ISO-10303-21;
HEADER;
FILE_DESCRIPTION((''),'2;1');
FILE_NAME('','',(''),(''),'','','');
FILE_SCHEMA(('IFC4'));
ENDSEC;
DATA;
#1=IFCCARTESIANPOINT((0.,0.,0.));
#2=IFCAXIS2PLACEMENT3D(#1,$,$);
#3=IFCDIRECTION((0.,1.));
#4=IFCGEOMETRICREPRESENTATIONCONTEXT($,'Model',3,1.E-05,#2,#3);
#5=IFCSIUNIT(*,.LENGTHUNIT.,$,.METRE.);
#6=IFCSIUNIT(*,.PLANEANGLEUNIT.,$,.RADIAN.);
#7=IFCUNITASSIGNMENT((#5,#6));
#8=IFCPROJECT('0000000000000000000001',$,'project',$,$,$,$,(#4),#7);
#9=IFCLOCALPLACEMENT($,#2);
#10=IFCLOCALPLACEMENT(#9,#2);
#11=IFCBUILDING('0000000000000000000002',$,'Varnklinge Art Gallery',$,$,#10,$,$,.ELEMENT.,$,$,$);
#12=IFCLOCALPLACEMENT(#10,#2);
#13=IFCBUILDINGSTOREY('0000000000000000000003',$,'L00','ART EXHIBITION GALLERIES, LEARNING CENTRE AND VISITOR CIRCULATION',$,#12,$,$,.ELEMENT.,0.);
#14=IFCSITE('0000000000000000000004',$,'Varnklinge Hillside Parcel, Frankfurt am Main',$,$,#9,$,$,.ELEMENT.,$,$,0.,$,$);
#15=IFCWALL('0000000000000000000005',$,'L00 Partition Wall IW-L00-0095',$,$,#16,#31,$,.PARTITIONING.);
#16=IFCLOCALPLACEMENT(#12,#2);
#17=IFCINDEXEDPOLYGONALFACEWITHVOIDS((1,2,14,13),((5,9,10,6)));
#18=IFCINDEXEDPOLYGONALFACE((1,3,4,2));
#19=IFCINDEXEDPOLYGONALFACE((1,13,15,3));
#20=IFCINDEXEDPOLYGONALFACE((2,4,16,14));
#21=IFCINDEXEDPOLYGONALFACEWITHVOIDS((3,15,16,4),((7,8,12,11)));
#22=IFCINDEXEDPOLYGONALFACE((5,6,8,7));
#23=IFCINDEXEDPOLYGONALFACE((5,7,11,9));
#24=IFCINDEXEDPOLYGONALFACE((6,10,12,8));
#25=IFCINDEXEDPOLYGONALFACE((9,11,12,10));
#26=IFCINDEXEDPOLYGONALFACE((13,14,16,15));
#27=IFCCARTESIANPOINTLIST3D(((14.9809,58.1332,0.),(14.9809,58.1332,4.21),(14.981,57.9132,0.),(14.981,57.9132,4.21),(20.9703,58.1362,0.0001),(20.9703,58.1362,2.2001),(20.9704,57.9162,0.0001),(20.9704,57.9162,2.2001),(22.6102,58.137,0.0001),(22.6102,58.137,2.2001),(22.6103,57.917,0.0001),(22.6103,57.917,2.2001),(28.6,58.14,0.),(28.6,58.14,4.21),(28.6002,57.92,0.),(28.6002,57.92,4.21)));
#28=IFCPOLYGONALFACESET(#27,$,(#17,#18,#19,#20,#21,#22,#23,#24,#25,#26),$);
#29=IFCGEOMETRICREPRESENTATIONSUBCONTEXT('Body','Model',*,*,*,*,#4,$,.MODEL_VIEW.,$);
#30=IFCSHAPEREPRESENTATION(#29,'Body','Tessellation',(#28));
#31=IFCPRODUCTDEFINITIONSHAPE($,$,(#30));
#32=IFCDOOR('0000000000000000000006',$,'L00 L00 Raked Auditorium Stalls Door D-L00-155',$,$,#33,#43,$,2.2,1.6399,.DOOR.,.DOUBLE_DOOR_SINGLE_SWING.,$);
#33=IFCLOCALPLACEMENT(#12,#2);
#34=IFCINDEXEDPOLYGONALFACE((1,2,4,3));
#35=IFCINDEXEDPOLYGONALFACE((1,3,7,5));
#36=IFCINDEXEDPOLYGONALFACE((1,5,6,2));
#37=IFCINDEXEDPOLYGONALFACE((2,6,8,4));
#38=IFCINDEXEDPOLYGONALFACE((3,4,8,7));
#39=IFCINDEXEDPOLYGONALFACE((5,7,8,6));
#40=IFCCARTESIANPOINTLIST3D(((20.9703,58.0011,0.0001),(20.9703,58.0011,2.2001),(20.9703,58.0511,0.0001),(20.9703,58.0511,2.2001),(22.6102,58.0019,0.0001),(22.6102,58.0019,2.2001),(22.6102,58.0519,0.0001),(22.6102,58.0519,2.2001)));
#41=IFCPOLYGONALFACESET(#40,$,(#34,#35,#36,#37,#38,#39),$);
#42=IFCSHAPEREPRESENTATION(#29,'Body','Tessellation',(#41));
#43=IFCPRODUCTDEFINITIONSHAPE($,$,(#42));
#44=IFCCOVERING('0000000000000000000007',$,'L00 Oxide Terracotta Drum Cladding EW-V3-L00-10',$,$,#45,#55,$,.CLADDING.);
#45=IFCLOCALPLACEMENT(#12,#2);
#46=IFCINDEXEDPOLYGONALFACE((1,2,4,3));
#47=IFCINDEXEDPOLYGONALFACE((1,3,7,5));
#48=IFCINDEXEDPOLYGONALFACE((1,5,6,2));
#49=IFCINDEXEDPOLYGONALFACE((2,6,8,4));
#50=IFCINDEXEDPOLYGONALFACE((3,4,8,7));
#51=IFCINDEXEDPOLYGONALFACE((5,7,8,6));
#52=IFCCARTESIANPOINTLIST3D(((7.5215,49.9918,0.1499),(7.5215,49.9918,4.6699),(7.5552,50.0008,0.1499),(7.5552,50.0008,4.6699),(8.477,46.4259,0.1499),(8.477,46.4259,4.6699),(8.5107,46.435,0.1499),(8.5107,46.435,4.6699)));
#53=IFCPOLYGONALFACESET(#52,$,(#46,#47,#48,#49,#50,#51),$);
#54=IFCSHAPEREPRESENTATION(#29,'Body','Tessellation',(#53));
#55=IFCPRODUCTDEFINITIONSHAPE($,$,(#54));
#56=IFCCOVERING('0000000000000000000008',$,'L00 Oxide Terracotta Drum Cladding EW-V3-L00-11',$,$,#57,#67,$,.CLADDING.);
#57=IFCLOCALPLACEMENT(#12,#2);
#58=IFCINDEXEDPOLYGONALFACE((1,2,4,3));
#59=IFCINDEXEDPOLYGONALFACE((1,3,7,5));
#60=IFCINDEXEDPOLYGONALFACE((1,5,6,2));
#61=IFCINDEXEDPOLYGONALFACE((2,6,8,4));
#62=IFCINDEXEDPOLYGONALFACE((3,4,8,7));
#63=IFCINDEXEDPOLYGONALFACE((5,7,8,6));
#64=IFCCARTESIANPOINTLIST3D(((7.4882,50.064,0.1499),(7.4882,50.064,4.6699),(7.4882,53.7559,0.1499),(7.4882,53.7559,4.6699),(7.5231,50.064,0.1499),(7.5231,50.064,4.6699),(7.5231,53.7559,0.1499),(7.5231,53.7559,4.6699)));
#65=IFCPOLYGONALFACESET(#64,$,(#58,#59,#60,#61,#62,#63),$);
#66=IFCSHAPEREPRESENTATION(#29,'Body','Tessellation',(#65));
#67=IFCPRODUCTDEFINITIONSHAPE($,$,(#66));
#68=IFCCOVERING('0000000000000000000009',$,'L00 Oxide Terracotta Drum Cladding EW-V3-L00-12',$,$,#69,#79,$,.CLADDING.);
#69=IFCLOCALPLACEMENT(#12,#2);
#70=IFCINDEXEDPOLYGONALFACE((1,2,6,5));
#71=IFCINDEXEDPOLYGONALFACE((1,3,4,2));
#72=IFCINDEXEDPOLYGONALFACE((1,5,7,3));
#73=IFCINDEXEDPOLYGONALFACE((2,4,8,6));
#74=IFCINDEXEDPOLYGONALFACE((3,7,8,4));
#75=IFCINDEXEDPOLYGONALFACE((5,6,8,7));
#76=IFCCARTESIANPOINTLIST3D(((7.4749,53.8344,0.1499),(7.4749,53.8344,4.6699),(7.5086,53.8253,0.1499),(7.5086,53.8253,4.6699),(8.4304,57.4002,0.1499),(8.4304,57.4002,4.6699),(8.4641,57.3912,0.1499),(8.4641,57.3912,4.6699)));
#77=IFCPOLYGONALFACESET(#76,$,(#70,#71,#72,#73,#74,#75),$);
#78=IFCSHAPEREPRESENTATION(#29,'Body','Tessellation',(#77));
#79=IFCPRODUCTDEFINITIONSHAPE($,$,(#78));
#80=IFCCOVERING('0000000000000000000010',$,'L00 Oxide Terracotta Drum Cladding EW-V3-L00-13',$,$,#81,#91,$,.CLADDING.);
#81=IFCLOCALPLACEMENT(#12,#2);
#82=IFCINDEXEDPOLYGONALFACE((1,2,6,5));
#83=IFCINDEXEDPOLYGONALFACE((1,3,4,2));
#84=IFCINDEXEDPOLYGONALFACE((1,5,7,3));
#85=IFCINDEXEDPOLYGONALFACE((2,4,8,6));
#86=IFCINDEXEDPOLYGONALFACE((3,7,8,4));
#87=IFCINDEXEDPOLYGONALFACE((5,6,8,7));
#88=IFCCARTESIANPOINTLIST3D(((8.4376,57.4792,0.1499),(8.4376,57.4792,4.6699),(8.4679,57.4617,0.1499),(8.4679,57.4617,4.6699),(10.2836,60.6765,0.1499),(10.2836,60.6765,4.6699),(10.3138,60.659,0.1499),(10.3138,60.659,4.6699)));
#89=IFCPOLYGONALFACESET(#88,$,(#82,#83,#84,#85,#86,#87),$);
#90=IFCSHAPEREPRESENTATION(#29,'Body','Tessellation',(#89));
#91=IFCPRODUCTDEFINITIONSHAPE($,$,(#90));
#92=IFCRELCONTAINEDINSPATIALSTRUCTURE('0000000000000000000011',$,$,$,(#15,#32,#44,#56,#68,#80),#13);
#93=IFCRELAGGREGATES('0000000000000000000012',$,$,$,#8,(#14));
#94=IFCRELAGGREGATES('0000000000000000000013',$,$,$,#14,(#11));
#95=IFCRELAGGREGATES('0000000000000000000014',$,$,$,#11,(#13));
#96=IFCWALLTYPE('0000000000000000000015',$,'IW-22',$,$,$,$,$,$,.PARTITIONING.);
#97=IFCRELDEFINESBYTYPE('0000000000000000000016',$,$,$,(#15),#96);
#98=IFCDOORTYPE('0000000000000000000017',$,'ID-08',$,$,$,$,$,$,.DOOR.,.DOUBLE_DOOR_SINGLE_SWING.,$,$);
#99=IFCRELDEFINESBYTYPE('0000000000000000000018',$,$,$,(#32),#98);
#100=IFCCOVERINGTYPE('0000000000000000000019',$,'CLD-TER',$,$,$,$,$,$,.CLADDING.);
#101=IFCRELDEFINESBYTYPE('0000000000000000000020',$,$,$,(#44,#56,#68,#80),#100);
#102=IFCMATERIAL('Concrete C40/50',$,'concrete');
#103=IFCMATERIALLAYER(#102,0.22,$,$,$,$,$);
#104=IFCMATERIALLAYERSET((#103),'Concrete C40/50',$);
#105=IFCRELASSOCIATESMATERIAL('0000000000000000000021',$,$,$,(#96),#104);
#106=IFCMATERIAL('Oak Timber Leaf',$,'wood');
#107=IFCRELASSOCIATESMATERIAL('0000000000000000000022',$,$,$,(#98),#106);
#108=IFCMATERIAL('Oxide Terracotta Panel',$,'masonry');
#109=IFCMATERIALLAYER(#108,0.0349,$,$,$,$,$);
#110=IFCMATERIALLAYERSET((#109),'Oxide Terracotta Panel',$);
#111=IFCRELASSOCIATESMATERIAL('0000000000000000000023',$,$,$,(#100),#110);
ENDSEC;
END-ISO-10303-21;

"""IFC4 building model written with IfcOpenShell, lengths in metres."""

from ifc_helpers import new_model, si_unit, direction, frame, frame_2d, origin, origin_2d, place, context, subcontext, project, spatial, rectangle, extrude, material, layer, layer_set, type_object, element, fill, save


model = new_model("IFC4")

# Units and contexts
model_context = context("Model", 3, precision=1e-05, world=origin(), true_north=direction((0.0, 1.0)))
body_context = subcontext(model_context, "Body", "Model", "MODEL_VIEW")
ifc_project = project(units=[si_unit("LENGTHUNIT", "METRE"), si_unit("PLANEANGLEUNIT", "RADIAN")], contexts=[model_context])

# Site, building, storey
site_placement = place(None, origin())
site = spatial("IfcSite", under=ifc_project, at=site_placement, Name="Varnklinge Hillside Parcel, Frankfurt am Main", CompositionType="ELEMENT", RefElevation=0.0)
building_placement = place(site_placement, origin())
building = spatial("IfcBuilding", under=site, at=building_placement, Name="Varnklinge Art Gallery", CompositionType="ELEMENT")
storey_placement = place(building_placement, origin())
storey = spatial("IfcBuildingStorey", under=building, at=storey_placement, Name="L00", Description="ART EXHIBITION GALLERIES, LEARNING CENTRE AND VISITOR CIRCULATION", CompositionType="ELEMENT", Elevation=0.0)

# Shared definitions
ifc_material_1 = material(Name="Concrete C40/50", Category="concrete")
ifc_layer_1 = layer(ifc_material_1, 0.22)
ifc_layer_set_1 = layer_set([ifc_layer_1], Name="Concrete C40/50")
wall_type_1 = type_object("IfcWallType", Name="IW-22", PredefinedType="PARTITIONING", material=ifc_layer_set_1)

# Wall, opening, door
wall_1_placement = place(storey_placement, frame((14.981, 58.0232, 0.0), z_axis=(0.0, 0.0, 1.0), x_axis=(1.0, 0.000502, 0.0)))
wall_1 = element("IfcWall", 1, at=wall_1_placement, inside=storey, type_object=wall_type_1, Name="L00 Partition Wall IW-L00-0095", PredefinedType="PARTITIONING", context=body_context, shape_type="SweptSolid", body=[
    extrude(rectangle(XDim=13.6191, YDim=0.22, at=frame_2d((6.8096, 0.0))), origin(), (0.0, 0.0, 1.0), 4.21),
])
opening_placement = place(wall_1_placement, frame((5.9895, 0.0, 0.0)))
opening = element("IfcOpeningElement", 2, at=opening_placement, cuts=wall_1, PredefinedType="OPENING", context=body_context, shape_type="SweptSolid", body=[
    extrude(rectangle(XDim=1.6399, YDim=2.2, at=frame_2d((0.8198, 1.1001))), frame((0.0, 0.1199, 0.0), z_axis=(0.0, -1.0, 0.0), x_axis=(1.0, 0.0, 0.0)), (0.0, 0.0, 1.0), 0.24),
])
ifc_material_2 = material(Name="Oak Timber Leaf", Category="wood")
door_type = type_object("IfcDoorType", Name="ID-08", OperationType="DOUBLE_DOOR_SINGLE_SWING", PredefinedType="DOOR", material=ifc_material_2)
door_placement = place(opening_placement, origin())
door = element("IfcDoor", 3, at=door_placement, inside=storey, type_object=door_type, Name="L00 L00 Raked Auditorium Stalls Door D-L00-155", OperationType="DOUBLE_DOOR_SINGLE_SWING", OverallHeight=2.2, OverallWidth=1.6399, PredefinedType="DOOR", context=body_context, shape_type="SweptSolid", body=[
    extrude(rectangle(XDim=1.6399, YDim=2.2, at=frame_2d((0.8198, 1.1001))), frame((0.0, 0.0249, 0.0), z_axis=(0.0, -1.0, 0.0), x_axis=(1.0, 0.0, 0.0)), (0.0, 0.0, 1.0), 0.05),
])
fill(opening, door)

# Coverings
ifc_material_3 = material(Name="Oxide Terracotta Panel", Category="masonry")
ifc_layer_2 = layer(ifc_material_3, 0.0349)
ifc_layer_set_2 = layer_set([ifc_layer_2], Name="Oxide Terracotta Panel")
covering_type = type_object("IfcCoveringType", Name="CLD-TER", PredefinedType="CLADDING", material=ifc_layer_set_2)
covering_1_placement = place(storey_placement, frame((8.0161, 48.2134, 0.1499), z_axis=(0.0, 0.0, 1.0), x_axis=(-0.258819, 0.965926, 0.0)))
element("IfcCovering", 4, at=covering_1_placement, inside=storey, type_object=covering_type, Name="L00 Oxide Terracotta Drum Cladding EW-V3-L00-10", PredefinedType="CLADDING", context=body_context, shape_type="SweptSolid", body=[
    extrude(rectangle(XDim=3.6917, YDim=0.0349, at=origin_2d()), origin(), (0.0, 0.0, 1.0), 4.52),
])
covering_2_placement = place(storey_placement, frame((7.5056, 51.9099, 0.1499), z_axis=(0.0, 0.0, 1.0), x_axis=(0.0, 1.0, 0.0)))
element("IfcCovering", 5, at=covering_2_placement, inside=storey, type_object=covering_type, Name="L00 Oxide Terracotta Drum Cladding EW-V3-L00-11", PredefinedType="CLADDING", context=body_context, shape_type="SweptSolid", body=[
    extrude(rectangle(XDim=3.6919, YDim=0.0349, at=origin_2d()), origin(), (0.0, 0.0, 1.0), 4.52),
])
covering_3_placement = place(storey_placement, frame((7.9695, 55.6128, 0.1499), z_axis=(0.0, 0.0, 1.0), x_axis=(0.258819, 0.965926, 0.0)))
element("IfcCovering", 6, at=covering_3_placement, inside=storey, type_object=covering_type, Name="L00 Oxide Terracotta Drum Cladding EW-V3-L00-12", PredefinedType="CLADDING", context=body_context, shape_type="SweptSolid", body=[
    extrude(rectangle(XDim=3.6917, YDim=0.0349, at=origin_2d()), origin(), (0.0, 0.0, 1.0), 4.52),
])
covering_4_placement = place(storey_placement, frame((9.3757, 59.0691, 0.1499), z_axis=(0.0, 0.0, 1.0), x_axis=(0.5, 0.866025, 0.0)))
element("IfcCovering", 7, at=covering_4_placement, inside=storey, type_object=covering_type, Name="L00 Oxide Terracotta Drum Cladding EW-V3-L00-13", PredefinedType="CLADDING", context=body_context, shape_type="SweptSolid", body=[
    extrude(rectangle(XDim=3.6919, YDim=0.0349, at=origin_2d()), origin(), (0.0, 0.0, 1.0), 4.52),
])

save(model, "model.ifc")
